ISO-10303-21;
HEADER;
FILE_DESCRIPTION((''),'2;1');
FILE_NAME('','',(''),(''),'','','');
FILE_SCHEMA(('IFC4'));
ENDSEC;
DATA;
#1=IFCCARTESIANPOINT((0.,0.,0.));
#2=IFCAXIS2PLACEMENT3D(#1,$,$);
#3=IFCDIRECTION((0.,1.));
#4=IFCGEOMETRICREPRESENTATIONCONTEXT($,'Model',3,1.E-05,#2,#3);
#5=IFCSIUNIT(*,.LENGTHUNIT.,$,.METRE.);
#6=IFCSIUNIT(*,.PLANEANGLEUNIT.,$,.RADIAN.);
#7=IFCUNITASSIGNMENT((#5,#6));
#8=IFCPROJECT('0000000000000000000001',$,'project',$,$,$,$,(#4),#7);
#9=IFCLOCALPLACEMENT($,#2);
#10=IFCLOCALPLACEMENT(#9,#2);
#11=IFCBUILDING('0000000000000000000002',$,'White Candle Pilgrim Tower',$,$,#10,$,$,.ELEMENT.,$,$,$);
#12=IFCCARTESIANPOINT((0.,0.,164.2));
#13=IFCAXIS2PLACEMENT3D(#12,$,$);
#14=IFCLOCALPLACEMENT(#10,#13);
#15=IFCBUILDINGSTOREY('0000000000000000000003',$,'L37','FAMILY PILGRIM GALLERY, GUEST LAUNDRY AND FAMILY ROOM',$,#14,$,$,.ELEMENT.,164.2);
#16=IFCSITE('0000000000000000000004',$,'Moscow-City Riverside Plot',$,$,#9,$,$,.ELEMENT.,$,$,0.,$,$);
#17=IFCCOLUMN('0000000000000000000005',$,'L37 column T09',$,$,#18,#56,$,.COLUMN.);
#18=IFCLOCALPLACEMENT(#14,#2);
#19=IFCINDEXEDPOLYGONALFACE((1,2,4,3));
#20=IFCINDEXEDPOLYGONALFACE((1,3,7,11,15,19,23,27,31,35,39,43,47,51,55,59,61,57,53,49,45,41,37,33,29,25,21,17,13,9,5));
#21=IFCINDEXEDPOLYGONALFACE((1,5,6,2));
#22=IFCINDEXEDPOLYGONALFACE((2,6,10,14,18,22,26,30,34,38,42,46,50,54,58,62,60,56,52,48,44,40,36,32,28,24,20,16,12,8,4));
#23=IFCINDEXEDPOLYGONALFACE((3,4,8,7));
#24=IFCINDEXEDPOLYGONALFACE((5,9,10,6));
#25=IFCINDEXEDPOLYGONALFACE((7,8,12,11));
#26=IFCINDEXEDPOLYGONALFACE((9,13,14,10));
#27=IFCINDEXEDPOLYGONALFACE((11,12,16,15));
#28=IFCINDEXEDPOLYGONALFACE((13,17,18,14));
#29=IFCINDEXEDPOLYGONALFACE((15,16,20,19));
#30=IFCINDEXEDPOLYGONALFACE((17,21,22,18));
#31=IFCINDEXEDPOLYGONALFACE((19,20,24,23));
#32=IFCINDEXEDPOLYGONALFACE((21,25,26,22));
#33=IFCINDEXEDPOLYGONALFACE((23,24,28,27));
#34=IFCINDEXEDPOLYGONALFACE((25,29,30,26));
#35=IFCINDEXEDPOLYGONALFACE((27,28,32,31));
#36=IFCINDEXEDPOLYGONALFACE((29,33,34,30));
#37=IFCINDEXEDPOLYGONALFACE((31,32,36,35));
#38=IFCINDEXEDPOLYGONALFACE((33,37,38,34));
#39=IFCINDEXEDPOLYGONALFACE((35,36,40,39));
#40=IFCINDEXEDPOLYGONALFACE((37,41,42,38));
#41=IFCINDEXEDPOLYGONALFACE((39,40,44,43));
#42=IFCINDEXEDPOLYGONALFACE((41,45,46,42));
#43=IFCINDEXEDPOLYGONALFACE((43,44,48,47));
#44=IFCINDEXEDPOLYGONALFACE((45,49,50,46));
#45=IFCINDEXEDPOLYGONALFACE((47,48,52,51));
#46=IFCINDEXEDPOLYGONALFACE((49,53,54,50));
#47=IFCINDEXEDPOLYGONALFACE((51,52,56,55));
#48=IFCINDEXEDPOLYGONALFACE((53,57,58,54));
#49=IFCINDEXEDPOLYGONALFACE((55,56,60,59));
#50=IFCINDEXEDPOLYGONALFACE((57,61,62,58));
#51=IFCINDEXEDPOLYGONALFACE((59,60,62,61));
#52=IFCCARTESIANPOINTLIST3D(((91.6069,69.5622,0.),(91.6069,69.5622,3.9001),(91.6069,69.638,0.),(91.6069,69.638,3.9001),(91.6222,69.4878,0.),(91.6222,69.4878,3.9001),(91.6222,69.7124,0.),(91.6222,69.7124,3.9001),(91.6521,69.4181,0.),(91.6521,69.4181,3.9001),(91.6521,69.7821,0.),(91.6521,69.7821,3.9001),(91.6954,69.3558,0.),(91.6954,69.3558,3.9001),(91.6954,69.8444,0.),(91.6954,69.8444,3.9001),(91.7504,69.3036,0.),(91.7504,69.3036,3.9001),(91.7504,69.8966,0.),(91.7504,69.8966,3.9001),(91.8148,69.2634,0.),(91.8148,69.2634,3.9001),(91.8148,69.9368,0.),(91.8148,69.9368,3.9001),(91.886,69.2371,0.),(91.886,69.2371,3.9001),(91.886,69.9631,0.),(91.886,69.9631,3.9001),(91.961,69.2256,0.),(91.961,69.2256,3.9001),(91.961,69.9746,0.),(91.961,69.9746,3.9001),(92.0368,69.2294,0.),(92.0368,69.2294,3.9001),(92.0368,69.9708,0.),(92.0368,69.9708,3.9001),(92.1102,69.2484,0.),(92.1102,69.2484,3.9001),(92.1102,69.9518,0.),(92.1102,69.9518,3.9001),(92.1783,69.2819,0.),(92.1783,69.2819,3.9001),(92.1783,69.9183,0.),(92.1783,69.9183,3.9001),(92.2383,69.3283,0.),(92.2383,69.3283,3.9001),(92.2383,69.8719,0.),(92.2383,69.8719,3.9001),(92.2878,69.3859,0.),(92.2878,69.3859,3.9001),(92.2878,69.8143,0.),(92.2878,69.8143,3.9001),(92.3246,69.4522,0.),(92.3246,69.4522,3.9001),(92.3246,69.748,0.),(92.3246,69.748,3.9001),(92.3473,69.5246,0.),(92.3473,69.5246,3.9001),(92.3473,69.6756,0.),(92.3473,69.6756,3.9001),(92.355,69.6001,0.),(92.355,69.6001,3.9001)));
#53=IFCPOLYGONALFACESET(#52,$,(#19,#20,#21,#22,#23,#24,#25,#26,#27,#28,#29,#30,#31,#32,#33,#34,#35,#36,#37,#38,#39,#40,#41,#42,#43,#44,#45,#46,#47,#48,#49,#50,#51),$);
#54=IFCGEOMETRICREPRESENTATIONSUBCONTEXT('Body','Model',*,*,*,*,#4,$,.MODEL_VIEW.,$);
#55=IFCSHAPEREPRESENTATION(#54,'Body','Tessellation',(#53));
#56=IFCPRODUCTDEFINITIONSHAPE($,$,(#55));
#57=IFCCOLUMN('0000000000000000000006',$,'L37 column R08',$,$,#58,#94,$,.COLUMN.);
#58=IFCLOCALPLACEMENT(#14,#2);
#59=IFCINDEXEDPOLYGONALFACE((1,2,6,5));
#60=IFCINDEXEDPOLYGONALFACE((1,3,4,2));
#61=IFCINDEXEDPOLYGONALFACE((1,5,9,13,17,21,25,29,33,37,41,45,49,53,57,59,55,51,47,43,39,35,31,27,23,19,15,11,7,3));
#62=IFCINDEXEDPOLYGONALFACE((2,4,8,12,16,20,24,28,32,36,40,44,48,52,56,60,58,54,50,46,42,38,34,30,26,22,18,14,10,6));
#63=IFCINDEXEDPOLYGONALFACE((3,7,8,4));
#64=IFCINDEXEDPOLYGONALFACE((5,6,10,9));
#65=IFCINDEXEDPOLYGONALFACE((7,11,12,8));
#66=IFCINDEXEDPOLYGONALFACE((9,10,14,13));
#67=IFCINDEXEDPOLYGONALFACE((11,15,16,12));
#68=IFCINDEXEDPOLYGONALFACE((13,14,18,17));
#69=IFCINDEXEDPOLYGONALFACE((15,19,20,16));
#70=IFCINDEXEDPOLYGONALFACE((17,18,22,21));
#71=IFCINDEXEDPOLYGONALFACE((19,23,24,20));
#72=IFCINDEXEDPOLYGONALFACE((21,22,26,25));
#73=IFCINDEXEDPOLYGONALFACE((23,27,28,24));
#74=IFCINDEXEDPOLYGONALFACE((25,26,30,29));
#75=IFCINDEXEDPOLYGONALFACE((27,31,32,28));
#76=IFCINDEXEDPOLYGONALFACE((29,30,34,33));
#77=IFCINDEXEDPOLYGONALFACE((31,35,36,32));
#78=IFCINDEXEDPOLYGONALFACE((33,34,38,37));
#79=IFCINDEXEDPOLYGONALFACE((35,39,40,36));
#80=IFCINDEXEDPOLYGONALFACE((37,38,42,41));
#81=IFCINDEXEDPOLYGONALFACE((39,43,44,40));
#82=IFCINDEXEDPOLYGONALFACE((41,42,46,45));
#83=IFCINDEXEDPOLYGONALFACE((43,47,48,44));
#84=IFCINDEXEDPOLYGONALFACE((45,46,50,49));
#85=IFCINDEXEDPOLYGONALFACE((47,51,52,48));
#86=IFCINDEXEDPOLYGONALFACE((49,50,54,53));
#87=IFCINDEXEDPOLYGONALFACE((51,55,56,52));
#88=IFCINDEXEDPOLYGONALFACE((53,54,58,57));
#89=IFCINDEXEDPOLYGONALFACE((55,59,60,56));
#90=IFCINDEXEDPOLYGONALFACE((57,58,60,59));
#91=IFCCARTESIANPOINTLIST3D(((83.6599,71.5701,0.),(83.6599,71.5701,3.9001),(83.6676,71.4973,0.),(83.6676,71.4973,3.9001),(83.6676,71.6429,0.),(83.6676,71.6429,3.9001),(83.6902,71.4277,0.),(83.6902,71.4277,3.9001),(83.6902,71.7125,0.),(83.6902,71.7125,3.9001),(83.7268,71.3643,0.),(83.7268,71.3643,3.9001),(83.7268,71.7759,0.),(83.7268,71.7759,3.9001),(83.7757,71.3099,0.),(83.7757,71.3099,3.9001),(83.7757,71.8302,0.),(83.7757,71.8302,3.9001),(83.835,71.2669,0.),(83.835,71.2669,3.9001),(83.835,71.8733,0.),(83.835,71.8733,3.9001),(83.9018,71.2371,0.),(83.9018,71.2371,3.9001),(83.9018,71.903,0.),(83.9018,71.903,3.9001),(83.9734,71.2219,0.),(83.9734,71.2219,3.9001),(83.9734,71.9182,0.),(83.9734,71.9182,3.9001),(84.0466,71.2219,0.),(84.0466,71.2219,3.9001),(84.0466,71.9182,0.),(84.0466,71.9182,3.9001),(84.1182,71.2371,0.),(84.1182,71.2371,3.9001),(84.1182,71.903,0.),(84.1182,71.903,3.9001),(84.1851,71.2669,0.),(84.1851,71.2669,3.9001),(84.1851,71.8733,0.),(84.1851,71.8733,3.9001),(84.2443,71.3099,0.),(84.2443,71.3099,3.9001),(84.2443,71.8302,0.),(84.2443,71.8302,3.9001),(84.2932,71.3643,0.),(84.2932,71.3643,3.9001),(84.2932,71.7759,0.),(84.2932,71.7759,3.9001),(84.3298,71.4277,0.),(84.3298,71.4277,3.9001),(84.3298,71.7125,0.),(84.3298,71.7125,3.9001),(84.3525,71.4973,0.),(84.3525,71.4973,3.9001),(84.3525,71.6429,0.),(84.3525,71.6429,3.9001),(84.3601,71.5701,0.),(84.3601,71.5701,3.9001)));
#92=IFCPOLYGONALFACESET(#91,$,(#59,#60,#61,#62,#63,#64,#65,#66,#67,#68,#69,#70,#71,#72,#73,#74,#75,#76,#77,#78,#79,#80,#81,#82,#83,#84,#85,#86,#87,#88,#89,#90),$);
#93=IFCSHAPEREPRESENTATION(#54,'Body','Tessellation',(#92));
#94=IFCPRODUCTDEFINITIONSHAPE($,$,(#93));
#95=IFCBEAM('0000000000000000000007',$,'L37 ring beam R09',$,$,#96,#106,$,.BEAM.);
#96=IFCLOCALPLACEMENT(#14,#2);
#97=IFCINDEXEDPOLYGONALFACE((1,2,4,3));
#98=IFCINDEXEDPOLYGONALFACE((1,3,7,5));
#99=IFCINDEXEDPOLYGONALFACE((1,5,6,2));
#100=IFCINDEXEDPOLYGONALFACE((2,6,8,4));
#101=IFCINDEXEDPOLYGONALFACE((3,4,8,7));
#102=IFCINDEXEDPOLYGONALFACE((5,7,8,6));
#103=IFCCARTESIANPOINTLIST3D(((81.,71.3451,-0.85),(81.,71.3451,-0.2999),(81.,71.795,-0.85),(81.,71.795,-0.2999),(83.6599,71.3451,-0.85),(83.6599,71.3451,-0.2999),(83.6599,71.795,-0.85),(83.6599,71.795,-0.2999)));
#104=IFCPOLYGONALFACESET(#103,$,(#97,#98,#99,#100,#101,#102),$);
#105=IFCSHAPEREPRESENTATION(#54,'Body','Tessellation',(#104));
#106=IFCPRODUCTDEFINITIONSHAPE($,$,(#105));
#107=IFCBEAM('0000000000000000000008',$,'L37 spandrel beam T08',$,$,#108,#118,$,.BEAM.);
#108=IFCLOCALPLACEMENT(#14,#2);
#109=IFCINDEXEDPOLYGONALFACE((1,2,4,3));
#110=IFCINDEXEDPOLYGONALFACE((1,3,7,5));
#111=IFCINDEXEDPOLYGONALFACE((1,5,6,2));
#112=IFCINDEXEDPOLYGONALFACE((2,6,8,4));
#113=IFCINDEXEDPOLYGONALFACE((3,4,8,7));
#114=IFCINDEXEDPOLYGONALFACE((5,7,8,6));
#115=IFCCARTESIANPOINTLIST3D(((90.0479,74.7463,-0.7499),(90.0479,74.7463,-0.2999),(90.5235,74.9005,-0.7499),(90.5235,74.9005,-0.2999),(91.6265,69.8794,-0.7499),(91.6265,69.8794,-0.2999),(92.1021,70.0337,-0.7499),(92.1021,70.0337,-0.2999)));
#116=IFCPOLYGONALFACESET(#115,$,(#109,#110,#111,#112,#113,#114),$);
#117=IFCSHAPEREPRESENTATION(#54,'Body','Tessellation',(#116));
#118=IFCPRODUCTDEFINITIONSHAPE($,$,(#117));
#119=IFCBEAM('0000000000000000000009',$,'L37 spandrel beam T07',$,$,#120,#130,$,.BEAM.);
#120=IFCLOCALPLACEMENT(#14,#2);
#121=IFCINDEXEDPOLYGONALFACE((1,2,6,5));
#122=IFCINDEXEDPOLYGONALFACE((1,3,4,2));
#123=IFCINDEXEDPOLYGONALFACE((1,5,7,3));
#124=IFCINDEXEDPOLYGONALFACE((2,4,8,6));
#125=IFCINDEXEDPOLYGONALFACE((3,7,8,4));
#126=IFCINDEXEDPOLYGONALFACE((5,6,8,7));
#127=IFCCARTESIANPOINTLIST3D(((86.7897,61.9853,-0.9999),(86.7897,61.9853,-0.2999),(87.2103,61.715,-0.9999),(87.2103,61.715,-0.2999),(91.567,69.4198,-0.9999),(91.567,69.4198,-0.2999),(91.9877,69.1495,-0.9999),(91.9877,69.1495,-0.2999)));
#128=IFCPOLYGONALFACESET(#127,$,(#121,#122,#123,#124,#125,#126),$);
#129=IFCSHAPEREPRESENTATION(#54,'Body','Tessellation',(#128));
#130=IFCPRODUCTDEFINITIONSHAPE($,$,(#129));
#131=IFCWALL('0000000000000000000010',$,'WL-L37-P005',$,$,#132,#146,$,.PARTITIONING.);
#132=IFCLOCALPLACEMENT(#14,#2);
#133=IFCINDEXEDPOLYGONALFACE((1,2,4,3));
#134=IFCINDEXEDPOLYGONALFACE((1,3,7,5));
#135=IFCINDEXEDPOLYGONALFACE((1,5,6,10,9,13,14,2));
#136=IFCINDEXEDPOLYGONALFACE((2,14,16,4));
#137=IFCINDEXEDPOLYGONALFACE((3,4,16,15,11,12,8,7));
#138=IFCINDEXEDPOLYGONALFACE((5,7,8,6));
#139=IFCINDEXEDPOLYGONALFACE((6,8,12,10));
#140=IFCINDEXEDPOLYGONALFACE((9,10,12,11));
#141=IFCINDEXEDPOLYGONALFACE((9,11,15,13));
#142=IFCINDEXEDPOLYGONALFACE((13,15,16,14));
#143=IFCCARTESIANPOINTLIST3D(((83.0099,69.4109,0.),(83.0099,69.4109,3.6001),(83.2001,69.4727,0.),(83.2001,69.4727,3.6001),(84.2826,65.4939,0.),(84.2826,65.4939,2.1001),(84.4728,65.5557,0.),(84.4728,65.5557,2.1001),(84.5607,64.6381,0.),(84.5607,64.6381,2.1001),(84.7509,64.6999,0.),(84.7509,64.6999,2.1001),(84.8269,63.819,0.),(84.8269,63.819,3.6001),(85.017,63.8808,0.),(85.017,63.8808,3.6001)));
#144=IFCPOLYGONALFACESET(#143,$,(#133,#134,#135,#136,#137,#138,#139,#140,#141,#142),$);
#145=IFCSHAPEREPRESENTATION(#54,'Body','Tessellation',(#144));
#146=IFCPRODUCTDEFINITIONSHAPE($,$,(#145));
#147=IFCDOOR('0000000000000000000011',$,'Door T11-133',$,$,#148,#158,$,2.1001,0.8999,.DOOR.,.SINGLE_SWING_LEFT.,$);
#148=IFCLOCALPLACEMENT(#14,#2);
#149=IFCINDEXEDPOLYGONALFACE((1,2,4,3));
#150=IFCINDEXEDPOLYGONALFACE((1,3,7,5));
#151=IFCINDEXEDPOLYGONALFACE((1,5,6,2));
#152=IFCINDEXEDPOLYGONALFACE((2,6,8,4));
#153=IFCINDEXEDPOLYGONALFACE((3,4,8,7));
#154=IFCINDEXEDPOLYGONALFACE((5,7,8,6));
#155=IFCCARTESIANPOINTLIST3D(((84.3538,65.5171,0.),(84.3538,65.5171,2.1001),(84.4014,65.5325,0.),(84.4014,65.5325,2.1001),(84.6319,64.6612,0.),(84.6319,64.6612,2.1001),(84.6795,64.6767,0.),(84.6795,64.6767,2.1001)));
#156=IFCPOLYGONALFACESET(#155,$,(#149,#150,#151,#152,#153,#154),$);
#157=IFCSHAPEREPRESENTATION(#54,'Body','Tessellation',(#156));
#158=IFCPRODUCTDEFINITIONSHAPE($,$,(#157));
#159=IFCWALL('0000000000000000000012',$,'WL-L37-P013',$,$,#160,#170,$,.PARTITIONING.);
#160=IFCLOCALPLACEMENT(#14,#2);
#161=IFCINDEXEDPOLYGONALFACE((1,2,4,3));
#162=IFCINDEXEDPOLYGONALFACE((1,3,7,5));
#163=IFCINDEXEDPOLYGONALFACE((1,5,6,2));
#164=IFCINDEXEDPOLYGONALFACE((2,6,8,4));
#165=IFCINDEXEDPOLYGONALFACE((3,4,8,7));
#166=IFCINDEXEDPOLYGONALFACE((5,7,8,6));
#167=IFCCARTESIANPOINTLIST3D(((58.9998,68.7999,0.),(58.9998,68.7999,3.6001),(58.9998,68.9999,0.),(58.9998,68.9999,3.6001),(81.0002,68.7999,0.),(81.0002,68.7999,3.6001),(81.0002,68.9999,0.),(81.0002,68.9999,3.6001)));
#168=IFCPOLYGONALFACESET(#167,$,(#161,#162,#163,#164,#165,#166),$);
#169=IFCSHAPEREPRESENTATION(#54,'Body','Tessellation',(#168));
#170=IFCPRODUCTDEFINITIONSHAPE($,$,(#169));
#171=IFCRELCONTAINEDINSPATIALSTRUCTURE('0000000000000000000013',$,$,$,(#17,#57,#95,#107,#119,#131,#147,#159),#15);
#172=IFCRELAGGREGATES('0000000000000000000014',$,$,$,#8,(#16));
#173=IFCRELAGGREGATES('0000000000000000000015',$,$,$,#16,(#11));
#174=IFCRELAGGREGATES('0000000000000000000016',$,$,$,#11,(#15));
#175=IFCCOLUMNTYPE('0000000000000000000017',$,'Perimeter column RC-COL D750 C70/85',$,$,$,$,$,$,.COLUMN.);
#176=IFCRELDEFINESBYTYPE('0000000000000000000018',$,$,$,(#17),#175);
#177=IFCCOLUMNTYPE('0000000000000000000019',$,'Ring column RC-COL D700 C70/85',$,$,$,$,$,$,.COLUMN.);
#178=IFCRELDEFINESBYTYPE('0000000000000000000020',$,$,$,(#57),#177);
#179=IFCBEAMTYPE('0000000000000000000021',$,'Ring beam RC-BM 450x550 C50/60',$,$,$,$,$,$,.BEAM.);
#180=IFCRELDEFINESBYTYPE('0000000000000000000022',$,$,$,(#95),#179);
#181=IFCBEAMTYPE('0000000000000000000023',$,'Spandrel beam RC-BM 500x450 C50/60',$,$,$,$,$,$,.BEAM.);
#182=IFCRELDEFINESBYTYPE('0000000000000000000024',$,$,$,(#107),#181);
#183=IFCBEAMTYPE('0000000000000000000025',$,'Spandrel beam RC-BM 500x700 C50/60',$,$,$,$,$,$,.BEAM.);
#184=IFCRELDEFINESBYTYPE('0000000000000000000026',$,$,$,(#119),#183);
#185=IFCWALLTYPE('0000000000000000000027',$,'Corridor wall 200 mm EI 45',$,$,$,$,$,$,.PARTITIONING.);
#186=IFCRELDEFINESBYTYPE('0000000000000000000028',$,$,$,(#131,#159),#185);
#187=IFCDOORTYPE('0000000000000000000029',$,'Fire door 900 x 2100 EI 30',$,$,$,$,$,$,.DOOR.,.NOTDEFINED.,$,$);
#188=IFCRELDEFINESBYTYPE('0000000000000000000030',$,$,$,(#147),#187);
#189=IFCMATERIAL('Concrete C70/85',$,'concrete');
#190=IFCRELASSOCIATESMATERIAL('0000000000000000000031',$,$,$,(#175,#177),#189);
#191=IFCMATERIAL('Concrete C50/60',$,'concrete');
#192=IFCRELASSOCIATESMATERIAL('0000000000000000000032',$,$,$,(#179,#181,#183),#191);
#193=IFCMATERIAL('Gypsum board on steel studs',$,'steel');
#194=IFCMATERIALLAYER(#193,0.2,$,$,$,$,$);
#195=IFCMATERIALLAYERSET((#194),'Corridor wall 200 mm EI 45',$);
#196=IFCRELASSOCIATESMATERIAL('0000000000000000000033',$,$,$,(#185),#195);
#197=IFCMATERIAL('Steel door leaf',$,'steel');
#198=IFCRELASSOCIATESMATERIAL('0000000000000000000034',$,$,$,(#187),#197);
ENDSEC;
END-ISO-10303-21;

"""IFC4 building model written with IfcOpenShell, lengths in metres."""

from ifc_helpers import new_model, si_unit, direction, frame, frame_2d, origin, origin_2d, place, context, subcontext, project, spatial, rectangle, circle, extrude, material, layer, layer_set, material_profile, profile_set, type_object, element, fill, save


model = new_model("IFC4")

# Units and contexts
model_context = context("Model", 3, precision=1e-05, world=origin(), true_north=direction((0.0, 1.0)))
body_context = subcontext(model_context, "Body", "Model", "MODEL_VIEW")
ifc_project = project(units=[si_unit("LENGTHUNIT", "METRE"), si_unit("PLANEANGLEUNIT", "RADIAN")], contexts=[model_context])

# Site, building, storey
site_placement = place(None, origin())
site = spatial("IfcSite", under=ifc_project, at=site_placement, Name="Moscow-City Riverside Plot", CompositionType="ELEMENT", RefElevation=0.0)
building_placement = place(site_placement, origin())
building = spatial("IfcBuilding", under=site, at=building_placement, Name="White Candle Pilgrim Tower", CompositionType="ELEMENT")
storey_placement = place(building_placement, frame((0.0, 0.0, 164.2)))
storey = spatial("IfcBuildingStorey", under=building, at=storey_placement, Name="L37", Description="FAMILY PILGRIM GALLERY, GUEST LAUNDRY AND FAMILY ROOM", CompositionType="ELEMENT", Elevation=164.2)

# Columns
ifc_material_1 = material(Name="Concrete C70/85", Category="concrete")
ifc_material_profile_1 = material_profile(ifc_material_1, circle(Radius=0.375, at=origin_2d()), Name="RC-COL D750")
ifc_profile_set_1 = profile_set([ifc_material_profile_1], Name="Concrete C70/85")
column_type_1 = type_object("IfcColumnType", Name="Perimeter column RC-COL D750 C70/85", PredefinedType="COLUMN", material=ifc_profile_set_1)
column_1_placement = place(storey_placement, frame((91.98, 69.6001, 0.0), z_axis=(0.0, 0.0, 1.0), x_axis=(1.0, 0.0, 0.0)))
element("IfcColumn", 1, at=column_1_placement, inside=storey, type_object=column_type_1, Name="L37 column T09", PredefinedType="COLUMN", context=body_context, shape_type="SweptSolid", body=[
    extrude(circle(Radius=0.375, at=origin_2d()), origin(), (0.0, 0.0, 1.0), 3.9001),
])
ifc_material_profile_2 = material_profile(ifc_material_1, circle(Radius=0.3501, at=origin_2d()), Name="RC-COL D700")
ifc_profile_set_2 = profile_set([ifc_material_profile_2], Name="Concrete C70/85")
column_type_2 = type_object("IfcColumnType", Name="Ring column RC-COL D700 C70/85", PredefinedType="COLUMN", material=ifc_profile_set_2)
column_2_placement = place(storey_placement, frame((84.01, 71.5701, 0.0), z_axis=(0.0, 0.0, 1.0), x_axis=(1.0, 0.0, 0.0)))
element("IfcColumn", 2, at=column_2_placement, inside=storey, type_object=column_type_2, Name="L37 column R08", PredefinedType="COLUMN", context=body_context, shape_type="SweptSolid", body=[
    extrude(circle(Radius=0.3501, at=origin_2d()), origin(), (0.0, 0.0, 1.0), 3.9001),
])

# Beams
ifc_material_2 = material(Name="Concrete C50/60", Category="concrete")
ifc_material_profile_3 = material_profile(ifc_material_2, rectangle(XDim=0.45, YDim=0.55, at=origin_2d()), Name="RC-BM 450x550")
ifc_profile_set_3 = profile_set([ifc_material_profile_3], Name="Concrete C50/60")
beam_type_1 = type_object("IfcBeamType", Name="Ring beam RC-BM 450x550 C50/60", PredefinedType="BEAM", material=ifc_profile_set_3)
beam_1_placement = place(storey_placement, frame((83.6599, 71.5701, -0.575), z_axis=(-1.0, 0.0, 0.0), x_axis=(0.0, -1.0, 0.0)))
element("IfcBeam", 3, at=beam_1_placement, inside=storey, type_object=beam_type_1, Name="L37 ring beam R09", PredefinedType="BEAM", context=body_context, shape_type="SweptSolid", body=[
    extrude(rectangle(XDim=0.45, YDim=0.55, at=origin_2d()), origin(), (0.0, 0.0, 1.0), 2.6599),
])
ifc_material_profile_4 = material_profile(ifc_material_2, rectangle(XDim=0.5, YDim=0.45, at=origin_2d()), Name="RC-BM 500x450")
ifc_profile_set_4 = profile_set([ifc_material_profile_4], Name="Concrete C50/60")
beam_type_2 = type_object("IfcBeamType", Name="Spandrel beam RC-BM 500x450 C50/60", PredefinedType="BEAM", material=ifc_profile_set_4)
beam_2_placement = place(storey_placement, frame((91.8643, 69.9565, -0.5249), z_axis=(-0.30853, 0.951214, 0.0), x_axis=(-0.951214, -0.30853, 0.0)))
element("IfcBeam", 4, at=beam_2_placement, inside=storey, type_object=beam_type_2, Name="L37 spandrel beam T08", PredefinedType="BEAM", context=body_context, shape_type="SweptSolid", body=[
    extrude(rectangle(XDim=0.5, YDim=0.45, at=origin_2d()), origin(), (0.0, 0.0, 1.0), 5.1165),
])
ifc_material_profile_5 = material_profile(ifc_material_2, rectangle(XDim=0.5, YDim=0.7, at=origin_2d()), Name="RC-BM 500x700")
ifc_profile_set_5 = profile_set([ifc_material_profile_5], Name="Concrete C50/60")
beam_type_3 = type_object("IfcBeamType", Name="Spandrel beam RC-BM 500x700 C50/60", PredefinedType="BEAM", material=ifc_profile_set_5)
beam_3_placement = place(storey_placement, frame((91.7773, 69.2847, -0.6499), z_axis=(-0.540596, -0.841283, 0.0), x_axis=(0.841283, -0.540596, 0.0)))
element("IfcBeam", 5, at=beam_3_placement, inside=storey, type_object=beam_type_3, Name="L37 spandrel beam T07", PredefinedType="BEAM", context=body_context, shape_type="SweptSolid", body=[
    extrude(rectangle(XDim=0.5, YDim=0.7, at=origin_2d()), origin(), (0.0, 0.0, 1.0), 8.8372),
])

# Wall, opening, door
ifc_material_3 = material(Name="Gypsum board on steel studs", Category="steel")
ifc_layer_1 = layer(ifc_material_3, 0.2)
ifc_layer_set_1 = layer_set([ifc_layer_1], Name="Corridor wall 200 mm EI 45")
wall_type_1 = type_object("IfcWallType", Name="Corridor wall 200 mm EI 45", PredefinedType="PARTITIONING", material=ifc_layer_set_1)
wall_1_placement = place(storey_placement, frame((83.105, 69.4419, 0.0), z_axis=(0.0, 0.0, 1.0), x_axis=(0.309018, -0.951056, 0.0)))
wall_1 = element("IfcWall", 6, at=wall_1_placement, inside=storey, type_object=wall_type_1, Name="WL-L37-P005", PredefinedType="PARTITIONING", context=body_context, shape_type="SweptSolid", body=[
    extrude(rectangle(XDim=5.8796, YDim=0.2, at=frame_2d((2.9399, 0.0))), origin(), (0.0, 0.0, 1.0), 3.6001),
])
opening_placement = place(wall_1_placement, frame((4.1187, 0.0, 0.0)))
opening = element("IfcOpeningElement", 7, at=opening_placement, cuts=wall_1, PredefinedType="OPENING", context=body_context, shape_type="SweptSolid", body=[
    extrude(rectangle(XDim=0.8999, YDim=2.1001, at=frame_2d((0.45, 1.05))), frame((0.0, 0.1099, 0.0), z_axis=(0.0, -1.0, 0.0), x_axis=(1.0, 0.0, 0.0)), (0.0, 0.0, 1.0), 0.22),
])
ifc_material_4 = material(Name="Steel door leaf", Category="steel")
door_type = type_object("IfcDoorType", Name="Fire door 900 x 2100 EI 30", OperationType="NOTDEFINED", PredefinedType="DOOR", material=ifc_material_4)
door_placement = place(opening_placement, origin())
door = element("IfcDoor", 8, at=door_placement, inside=storey, type_object=door_type, Name="Door T11-133", OperationType="SINGLE_SWING_LEFT", OverallHeight=2.1001, OverallWidth=0.8999, PredefinedType="DOOR", context=body_context, shape_type="SweptSolid", body=[
    extrude(rectangle(XDim=0.8999, YDim=2.1001, at=frame_2d((0.45, 1.05))), frame((0.0, 0.0249, 0.0), z_axis=(0.0, -1.0, 0.0), x_axis=(1.0, 0.0, 0.0)), (0.0, 0.0, 1.0), 0.05),
])
fill(opening, door)

# Wall
wall_2_placement = place(storey_placement, frame((81.0002, 68.8999, 0.0), z_axis=(0.0, 0.0, 1.0), x_axis=(-1.0, 0.0, 0.0)))
element("IfcWall", 9, at=wall_2_placement, inside=storey, type_object=wall_type_1, Name="WL-L37-P013", PredefinedType="PARTITIONING", context=body_context, shape_type="SweptSolid", body=[
    extrude(rectangle(XDim=22.0005, YDim=0.2, at=frame_2d((11.0002, 0.0))), origin(), (0.0, 0.0, 1.0), 3.6001),
])

save(model, "model.ifc")
